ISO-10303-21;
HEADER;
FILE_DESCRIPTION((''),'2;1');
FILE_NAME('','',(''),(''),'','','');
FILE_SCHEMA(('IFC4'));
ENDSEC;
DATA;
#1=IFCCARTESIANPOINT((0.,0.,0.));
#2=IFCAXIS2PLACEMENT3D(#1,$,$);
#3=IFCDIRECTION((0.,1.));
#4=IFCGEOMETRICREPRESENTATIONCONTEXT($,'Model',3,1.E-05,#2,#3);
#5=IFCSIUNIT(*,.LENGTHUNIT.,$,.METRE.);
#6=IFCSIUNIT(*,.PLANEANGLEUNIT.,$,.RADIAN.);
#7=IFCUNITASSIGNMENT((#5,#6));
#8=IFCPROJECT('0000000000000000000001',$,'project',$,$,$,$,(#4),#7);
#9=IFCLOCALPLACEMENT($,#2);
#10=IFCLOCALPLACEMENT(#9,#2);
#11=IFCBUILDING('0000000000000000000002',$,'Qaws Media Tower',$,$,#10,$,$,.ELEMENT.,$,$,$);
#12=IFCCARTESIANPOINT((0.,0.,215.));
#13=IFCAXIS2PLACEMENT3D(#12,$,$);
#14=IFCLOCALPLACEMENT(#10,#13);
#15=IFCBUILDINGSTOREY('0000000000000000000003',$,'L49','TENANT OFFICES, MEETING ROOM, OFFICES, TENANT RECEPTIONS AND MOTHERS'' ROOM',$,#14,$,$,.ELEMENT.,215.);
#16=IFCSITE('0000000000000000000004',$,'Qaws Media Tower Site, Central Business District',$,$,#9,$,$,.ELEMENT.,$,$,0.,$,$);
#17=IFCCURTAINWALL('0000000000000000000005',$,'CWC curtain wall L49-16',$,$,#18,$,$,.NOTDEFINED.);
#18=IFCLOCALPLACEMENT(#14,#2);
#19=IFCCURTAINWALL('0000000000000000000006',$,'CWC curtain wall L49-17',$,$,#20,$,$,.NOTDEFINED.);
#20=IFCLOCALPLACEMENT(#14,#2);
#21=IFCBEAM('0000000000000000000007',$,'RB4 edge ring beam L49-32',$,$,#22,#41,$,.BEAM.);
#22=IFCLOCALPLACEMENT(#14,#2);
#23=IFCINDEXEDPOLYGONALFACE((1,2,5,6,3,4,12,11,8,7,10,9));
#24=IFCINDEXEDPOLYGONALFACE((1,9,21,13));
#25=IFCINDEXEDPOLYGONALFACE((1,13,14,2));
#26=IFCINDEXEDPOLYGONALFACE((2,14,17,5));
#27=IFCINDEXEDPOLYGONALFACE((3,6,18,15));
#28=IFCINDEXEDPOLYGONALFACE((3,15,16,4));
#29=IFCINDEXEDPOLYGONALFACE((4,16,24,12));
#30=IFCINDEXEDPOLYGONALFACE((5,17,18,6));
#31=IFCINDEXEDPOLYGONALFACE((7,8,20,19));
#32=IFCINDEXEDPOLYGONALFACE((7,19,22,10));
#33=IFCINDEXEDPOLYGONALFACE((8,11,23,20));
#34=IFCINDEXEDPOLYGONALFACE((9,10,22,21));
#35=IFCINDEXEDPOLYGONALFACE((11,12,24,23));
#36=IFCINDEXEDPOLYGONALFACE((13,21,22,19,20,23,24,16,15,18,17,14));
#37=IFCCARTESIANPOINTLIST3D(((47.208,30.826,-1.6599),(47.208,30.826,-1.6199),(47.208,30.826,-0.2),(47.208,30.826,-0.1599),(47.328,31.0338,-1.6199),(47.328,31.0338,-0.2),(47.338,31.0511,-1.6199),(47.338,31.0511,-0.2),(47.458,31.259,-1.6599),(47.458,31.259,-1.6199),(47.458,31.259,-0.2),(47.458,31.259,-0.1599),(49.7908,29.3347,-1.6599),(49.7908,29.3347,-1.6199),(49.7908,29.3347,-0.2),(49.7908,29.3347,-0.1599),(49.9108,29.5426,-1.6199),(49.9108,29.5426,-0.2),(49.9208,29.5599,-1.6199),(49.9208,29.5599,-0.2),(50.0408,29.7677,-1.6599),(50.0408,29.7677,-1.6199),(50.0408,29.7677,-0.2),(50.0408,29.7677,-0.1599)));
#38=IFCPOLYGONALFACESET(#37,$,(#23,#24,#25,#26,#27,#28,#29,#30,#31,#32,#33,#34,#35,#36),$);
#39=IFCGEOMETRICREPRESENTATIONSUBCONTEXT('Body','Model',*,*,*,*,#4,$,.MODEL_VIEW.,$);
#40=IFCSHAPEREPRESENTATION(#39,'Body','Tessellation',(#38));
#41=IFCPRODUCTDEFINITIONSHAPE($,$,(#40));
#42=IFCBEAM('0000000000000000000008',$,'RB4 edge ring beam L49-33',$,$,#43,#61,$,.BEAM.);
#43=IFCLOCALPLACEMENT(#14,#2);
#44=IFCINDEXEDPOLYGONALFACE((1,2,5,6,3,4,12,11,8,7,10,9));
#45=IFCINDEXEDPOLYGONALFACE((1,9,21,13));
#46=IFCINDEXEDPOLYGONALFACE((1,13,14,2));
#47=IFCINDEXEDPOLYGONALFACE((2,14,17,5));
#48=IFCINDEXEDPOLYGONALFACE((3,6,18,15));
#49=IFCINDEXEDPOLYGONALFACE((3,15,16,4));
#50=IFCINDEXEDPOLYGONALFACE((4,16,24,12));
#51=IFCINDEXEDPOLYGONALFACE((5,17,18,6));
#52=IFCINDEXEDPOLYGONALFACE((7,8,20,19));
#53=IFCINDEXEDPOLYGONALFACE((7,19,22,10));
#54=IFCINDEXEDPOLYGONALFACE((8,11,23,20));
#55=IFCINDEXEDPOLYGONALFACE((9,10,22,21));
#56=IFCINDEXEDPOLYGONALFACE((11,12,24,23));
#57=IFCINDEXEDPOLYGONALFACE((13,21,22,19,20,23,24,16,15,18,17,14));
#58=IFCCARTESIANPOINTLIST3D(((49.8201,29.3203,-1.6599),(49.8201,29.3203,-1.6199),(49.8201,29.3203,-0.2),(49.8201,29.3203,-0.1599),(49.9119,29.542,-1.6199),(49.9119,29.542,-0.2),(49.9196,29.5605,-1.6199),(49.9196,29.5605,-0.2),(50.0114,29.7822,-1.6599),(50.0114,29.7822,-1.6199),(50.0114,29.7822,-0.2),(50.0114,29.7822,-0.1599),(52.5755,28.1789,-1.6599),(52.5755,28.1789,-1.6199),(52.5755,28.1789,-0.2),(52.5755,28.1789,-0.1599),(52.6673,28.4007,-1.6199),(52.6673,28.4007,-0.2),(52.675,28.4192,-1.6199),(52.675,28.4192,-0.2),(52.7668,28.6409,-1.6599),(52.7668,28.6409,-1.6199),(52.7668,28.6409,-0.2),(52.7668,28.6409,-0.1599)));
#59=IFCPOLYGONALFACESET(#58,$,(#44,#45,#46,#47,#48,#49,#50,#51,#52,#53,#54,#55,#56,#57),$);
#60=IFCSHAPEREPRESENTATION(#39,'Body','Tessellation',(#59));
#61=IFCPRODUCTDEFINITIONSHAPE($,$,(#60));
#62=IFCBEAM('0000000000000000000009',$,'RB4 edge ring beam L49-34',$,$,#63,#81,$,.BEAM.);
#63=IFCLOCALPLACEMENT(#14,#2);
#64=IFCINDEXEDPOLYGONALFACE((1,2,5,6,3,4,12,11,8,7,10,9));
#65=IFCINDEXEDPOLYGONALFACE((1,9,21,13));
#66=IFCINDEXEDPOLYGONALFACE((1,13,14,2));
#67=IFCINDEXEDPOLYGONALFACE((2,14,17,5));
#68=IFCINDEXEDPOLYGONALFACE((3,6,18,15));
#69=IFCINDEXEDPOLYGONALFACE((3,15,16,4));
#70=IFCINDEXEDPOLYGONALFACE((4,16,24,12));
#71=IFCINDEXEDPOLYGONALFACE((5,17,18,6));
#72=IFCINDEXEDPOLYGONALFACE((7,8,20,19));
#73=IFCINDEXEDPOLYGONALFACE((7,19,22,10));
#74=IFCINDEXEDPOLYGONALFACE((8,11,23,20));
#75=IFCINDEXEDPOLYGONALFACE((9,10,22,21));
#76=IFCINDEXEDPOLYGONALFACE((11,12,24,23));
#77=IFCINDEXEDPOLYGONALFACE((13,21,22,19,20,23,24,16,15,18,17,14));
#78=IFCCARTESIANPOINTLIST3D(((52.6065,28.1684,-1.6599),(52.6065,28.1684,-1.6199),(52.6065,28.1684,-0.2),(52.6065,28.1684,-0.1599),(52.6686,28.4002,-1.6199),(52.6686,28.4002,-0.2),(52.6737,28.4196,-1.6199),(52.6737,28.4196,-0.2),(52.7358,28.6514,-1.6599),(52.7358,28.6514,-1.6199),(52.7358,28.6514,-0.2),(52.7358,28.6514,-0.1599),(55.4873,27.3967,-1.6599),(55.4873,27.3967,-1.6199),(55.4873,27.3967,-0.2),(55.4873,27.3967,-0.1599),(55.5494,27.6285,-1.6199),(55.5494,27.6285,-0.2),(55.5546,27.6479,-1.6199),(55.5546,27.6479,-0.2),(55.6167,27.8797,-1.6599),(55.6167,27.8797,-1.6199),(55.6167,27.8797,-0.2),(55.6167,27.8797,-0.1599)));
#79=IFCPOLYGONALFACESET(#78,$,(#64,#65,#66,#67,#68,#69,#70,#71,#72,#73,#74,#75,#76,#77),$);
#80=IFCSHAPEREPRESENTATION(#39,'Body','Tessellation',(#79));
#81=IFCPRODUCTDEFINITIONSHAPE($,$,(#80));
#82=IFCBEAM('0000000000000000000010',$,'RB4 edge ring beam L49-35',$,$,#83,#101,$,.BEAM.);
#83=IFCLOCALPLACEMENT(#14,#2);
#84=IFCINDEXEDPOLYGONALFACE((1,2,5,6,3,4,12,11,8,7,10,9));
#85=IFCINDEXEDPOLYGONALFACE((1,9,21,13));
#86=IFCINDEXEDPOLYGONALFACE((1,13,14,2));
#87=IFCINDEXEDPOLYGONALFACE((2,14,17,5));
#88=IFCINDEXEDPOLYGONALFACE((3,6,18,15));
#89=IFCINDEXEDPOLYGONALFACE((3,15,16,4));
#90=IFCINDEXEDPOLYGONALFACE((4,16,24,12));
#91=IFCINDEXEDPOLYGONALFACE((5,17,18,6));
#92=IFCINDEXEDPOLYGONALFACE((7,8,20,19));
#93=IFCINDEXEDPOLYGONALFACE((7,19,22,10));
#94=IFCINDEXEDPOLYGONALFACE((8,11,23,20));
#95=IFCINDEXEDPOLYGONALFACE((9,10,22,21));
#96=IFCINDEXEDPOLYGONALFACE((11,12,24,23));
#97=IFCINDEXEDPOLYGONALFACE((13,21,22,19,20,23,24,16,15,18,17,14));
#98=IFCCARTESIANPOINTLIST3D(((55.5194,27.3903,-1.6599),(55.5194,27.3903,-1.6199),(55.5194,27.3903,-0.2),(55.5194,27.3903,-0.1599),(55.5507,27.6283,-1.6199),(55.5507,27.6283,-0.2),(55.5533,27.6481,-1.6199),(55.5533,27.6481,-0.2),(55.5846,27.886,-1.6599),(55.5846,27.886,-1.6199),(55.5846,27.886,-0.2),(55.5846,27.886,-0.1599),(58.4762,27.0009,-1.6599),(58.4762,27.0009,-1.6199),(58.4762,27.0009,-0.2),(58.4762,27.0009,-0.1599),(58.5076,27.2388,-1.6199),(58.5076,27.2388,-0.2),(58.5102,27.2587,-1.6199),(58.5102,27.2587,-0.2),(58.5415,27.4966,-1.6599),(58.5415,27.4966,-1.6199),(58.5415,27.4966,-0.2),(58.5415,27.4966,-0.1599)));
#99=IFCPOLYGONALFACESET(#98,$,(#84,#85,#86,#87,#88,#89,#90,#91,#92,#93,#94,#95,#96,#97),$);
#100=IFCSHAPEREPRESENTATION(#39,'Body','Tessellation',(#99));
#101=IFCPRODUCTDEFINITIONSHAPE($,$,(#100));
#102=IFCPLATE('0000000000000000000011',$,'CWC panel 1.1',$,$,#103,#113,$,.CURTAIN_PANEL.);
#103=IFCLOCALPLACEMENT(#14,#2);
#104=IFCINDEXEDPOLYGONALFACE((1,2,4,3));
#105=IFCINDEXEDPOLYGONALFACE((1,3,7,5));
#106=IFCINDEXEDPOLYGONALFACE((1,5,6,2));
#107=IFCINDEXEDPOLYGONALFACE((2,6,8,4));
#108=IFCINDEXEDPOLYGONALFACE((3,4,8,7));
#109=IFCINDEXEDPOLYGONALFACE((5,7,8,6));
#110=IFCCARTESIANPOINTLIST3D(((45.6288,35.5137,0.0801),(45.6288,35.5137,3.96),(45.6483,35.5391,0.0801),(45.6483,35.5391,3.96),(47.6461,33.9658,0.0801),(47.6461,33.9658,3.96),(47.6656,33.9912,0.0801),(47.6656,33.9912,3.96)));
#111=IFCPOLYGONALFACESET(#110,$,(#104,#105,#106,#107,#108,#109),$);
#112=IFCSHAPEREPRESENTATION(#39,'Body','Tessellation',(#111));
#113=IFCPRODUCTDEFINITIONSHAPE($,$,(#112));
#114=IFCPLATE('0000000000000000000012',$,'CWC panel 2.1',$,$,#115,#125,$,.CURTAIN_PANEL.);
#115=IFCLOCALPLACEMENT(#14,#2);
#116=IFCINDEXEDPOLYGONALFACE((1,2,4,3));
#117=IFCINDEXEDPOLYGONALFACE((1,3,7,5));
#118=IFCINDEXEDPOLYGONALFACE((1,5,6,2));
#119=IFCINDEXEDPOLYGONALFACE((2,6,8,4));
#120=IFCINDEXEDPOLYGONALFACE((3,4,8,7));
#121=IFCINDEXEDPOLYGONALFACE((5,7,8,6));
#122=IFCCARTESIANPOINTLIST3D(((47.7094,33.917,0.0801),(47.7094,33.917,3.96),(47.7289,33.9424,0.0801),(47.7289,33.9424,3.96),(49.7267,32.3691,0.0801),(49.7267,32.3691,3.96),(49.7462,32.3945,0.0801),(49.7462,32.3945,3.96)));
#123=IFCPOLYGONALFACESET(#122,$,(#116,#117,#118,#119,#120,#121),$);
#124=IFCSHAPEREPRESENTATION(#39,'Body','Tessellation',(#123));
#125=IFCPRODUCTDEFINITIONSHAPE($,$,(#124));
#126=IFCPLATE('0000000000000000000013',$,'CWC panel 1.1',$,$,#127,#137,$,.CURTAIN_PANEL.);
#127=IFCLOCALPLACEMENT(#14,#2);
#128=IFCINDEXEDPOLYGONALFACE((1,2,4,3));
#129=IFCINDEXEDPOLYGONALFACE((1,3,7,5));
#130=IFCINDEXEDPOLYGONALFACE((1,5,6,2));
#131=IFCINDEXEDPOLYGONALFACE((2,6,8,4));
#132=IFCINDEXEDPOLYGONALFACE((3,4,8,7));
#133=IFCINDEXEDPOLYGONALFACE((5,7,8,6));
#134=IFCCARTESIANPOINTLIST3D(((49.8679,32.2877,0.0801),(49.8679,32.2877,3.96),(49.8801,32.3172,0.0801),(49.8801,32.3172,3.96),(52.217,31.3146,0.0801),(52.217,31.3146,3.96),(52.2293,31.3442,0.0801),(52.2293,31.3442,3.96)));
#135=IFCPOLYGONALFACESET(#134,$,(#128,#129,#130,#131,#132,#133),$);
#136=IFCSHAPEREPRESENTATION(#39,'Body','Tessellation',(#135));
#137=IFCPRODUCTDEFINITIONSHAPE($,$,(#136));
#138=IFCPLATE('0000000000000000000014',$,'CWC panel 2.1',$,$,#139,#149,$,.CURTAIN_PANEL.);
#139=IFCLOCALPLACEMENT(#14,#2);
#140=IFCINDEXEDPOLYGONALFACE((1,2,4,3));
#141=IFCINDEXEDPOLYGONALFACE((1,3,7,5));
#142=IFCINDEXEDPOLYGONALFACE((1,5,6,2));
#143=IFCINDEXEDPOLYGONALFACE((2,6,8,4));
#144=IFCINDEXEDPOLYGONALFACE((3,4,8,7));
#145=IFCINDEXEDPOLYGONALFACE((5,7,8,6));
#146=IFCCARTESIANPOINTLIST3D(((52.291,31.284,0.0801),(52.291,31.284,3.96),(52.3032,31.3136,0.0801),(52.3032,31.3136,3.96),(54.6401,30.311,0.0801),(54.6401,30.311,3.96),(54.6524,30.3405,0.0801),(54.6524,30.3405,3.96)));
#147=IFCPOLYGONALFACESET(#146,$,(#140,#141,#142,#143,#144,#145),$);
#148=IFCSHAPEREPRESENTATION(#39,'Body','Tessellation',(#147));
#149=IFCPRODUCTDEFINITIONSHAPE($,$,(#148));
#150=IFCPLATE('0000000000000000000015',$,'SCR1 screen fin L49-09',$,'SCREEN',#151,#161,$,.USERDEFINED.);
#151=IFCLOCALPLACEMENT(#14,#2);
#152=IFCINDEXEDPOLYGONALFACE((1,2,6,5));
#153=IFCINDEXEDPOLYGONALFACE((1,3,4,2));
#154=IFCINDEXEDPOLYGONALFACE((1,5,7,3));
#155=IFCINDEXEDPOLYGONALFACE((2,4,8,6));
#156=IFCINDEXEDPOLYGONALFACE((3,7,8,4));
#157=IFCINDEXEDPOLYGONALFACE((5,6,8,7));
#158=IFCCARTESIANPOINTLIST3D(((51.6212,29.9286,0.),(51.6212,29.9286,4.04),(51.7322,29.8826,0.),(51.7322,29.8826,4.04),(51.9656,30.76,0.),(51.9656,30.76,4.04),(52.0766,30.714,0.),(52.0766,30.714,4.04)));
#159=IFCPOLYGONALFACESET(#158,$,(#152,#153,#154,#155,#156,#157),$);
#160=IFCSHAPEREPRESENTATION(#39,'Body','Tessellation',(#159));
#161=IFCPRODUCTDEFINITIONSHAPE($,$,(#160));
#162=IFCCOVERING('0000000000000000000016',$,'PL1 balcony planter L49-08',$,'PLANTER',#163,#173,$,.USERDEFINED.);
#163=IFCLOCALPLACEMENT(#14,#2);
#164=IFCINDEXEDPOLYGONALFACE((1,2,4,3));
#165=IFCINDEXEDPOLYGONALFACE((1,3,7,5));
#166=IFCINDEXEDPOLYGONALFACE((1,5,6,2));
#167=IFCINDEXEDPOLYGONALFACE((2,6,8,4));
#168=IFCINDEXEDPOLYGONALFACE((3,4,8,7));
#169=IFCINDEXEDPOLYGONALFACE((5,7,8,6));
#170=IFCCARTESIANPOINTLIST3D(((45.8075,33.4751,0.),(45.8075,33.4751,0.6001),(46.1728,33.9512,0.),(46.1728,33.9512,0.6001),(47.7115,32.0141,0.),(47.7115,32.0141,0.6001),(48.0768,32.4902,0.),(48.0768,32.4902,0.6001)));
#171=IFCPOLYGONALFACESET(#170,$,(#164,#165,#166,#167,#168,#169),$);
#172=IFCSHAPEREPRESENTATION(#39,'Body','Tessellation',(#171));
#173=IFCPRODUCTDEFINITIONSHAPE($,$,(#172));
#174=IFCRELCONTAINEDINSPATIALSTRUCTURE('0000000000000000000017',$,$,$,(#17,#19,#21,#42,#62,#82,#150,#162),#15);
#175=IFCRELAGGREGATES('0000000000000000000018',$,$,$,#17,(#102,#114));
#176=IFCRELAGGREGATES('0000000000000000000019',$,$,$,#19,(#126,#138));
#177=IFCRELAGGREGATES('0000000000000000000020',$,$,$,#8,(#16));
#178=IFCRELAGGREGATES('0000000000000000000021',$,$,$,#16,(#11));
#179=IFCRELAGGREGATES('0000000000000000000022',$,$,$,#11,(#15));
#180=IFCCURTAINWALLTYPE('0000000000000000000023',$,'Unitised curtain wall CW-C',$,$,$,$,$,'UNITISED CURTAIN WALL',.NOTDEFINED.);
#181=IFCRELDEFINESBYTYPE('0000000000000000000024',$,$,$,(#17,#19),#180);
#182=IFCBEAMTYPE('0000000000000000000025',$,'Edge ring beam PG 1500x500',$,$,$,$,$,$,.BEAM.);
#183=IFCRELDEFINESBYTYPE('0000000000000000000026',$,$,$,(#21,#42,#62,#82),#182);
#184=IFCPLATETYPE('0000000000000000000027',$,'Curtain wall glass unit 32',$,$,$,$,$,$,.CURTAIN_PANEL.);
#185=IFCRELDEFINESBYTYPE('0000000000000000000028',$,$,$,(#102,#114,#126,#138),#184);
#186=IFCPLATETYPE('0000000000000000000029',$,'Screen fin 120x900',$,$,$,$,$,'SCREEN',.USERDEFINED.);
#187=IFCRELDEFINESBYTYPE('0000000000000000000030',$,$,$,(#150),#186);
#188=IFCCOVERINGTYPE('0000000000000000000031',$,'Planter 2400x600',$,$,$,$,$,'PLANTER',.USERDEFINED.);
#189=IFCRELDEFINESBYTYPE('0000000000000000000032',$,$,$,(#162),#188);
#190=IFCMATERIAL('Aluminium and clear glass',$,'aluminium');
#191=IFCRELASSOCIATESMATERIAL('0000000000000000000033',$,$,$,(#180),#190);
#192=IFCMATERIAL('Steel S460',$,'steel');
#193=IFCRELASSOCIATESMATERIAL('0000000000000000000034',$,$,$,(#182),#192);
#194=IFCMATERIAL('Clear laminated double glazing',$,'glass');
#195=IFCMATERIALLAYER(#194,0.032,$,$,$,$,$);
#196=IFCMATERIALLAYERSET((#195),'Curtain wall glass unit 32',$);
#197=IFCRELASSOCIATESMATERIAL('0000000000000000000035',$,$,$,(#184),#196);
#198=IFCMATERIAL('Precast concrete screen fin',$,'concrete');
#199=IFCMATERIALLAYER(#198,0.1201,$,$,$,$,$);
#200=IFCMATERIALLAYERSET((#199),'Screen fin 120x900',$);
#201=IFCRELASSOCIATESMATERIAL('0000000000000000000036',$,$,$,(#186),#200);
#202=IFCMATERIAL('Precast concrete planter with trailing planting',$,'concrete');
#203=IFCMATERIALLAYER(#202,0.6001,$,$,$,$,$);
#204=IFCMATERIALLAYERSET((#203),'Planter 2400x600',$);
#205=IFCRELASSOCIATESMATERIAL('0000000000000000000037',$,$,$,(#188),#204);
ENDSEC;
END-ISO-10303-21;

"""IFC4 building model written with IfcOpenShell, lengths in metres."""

from ifc_helpers import new_model, si_unit, direction, frame, origin, origin_2d, place, context, subcontext, project, spatial, rectangle, i_section, extrude, material, layer, layer_set, material_profile, profile_set, type_object, element, aggregate, save


model = new_model("IFC4")

# Units and contexts
model_context = context("Model", 3, precision=1e-05, world=origin(), true_north=direction((0.0, 1.0)))
body_context = subcontext(model_context, "Body", "Model", "MODEL_VIEW")
ifc_project = project(units=[si_unit("LENGTHUNIT", "METRE"), si_unit("PLANEANGLEUNIT", "RADIAN")], contexts=[model_context])

# Site, building, storey
site_placement = place(None, origin())
site = spatial("IfcSite", under=ifc_project, at=site_placement, Name="Qaws Media Tower Site, Central Business District", CompositionType="ELEMENT", RefElevation=0.0)
building_placement = place(site_placement, origin())
building = spatial("IfcBuilding", under=site, at=building_placement, Name="Qaws Media Tower", CompositionType="ELEMENT")
storey_placement = place(building_placement, frame((0.0, 0.0, 215.0)))
storey = spatial("IfcBuildingStorey", under=building, at=storey_placement, Name="L49", Description="TENANT OFFICES, MEETING ROOM, OFFICES, TENANT RECEPTIONS AND MOTHERS' ROOM", CompositionType="ELEMENT", Elevation=215.0)

# Curtain walls
ifc_material_1 = material(Name="Aluminium and clear glass", Category="aluminium")
curtain_wall_type = type_object("IfcCurtainWallType", Name="Unitised curtain wall CW-C", ElementType="UNITISED CURTAIN WALL", PredefinedType="NOTDEFINED", material=ifc_material_1)
curtain_wall_1_placement = place(storey_placement, origin())
curtain_wall_1 = element("IfcCurtainWall", 1, at=curtain_wall_1_placement, inside=storey, type_object=curtain_wall_type, Name="CWC curtain wall L49-16", PredefinedType="NOTDEFINED")
curtain_wall_2_placement = place(storey_placement, origin())
curtain_wall_2 = element("IfcCurtainWall", 2, at=curtain_wall_2_placement, inside=storey, type_object=curtain_wall_type, Name="CWC curtain wall L49-17", PredefinedType="NOTDEFINED")

# Beams
ifc_material_2 = material(Name="Steel S460", Category="steel")
ifc_material_profile_1 = material_profile(ifc_material_2, i_section(OverallWidth=0.5, OverallDepth=1.5, WebThickness=0.02, FlangeThickness=0.04, at=origin_2d()), Name="PG 1500x500")
ifc_profile_set_1 = profile_set([ifc_material_profile_1], Name="Steel S460")
beam_type = type_object("IfcBeamType", Name="Edge ring beam PG 1500x500", PredefinedType="BEAM", material=ifc_profile_set_1)
for number, where, z_axis, x_axis, name in (
    (3, (47.333, 31.0425, -0.9099), (0.866018, -0.500013, 0.0), (0.500013, 0.866018, 0.0), "RB4 edge ring beam L49-32"),
    (4, (49.9158, 29.5513, -0.9099), (0.923874, -0.382696, 0.0), (0.382696, 0.923874, 0.0), "RB4 edge ring beam L49-33"),
    (5, (52.6711, 28.4099, -0.9099), (0.965942, -0.258758, 0.0), (0.258758, 0.965942, 0.0), "RB4 edge ring beam L49-34"),
    (6, (55.552, 27.6382, -0.9099), (0.991439, -0.130571, 0.0), (0.130571, 0.991439, 0.0), "RB4 edge ring beam L49-35"),
):
    element("IfcBeam", number, at=place(storey_placement, frame(where, z_axis=z_axis, x_axis=x_axis)), inside=storey, type_object=beam_type, Name=name, PredefinedType="BEAM", context=body_context, shape_type="SweptSolid", body=[
        extrude(i_section(OverallWidth=0.5, OverallDepth=1.5, WebThickness=0.02, FlangeThickness=0.04, at=origin_2d()), origin(), (0.0, 0.0, 1.0), 2.9824),
    ])

# Plates
ifc_material_3 = material(Name="Clear laminated double glazing", Category="glass")
ifc_layer_1 = layer(ifc_material_3, 0.032)
ifc_layer_set_1 = layer_set([ifc_layer_1], Name="Curtain wall glass unit 32")
plate_type_1 = type_object("IfcPlateType", Name="Curtain wall glass unit 32", PredefinedType="CURTAIN_PANEL", material=ifc_layer_set_1)
plate_1_placement = place(storey_placement, frame((46.6472, 34.7524, 0.0801), z_axis=(0.0, 0.0, 1.0), x_axis=(0.793353, -0.608761, 0.0)))
plate_1 = element("IfcPlate", 7, at=plate_1_placement, type_object=plate_type_1, Name="CWC panel 1.1", PredefinedType="CURTAIN_PANEL", context=body_context, shape_type="SweptSolid", body=[
    extrude(rectangle(XDim=2.5427, YDim=0.032, at=origin_2d()), origin(), (0.0, 0.0, 1.0), 3.8799),
])
plate_2_placement = place(storey_placement, frame((48.7278, 33.1558, 0.0801), z_axis=(0.0, 0.0, 1.0), x_axis=(0.793353, -0.608761, 0.0)))
plate_2 = element("IfcPlate", 8, at=plate_2_placement, type_object=plate_type_1, Name="CWC panel 2.1", PredefinedType="CURTAIN_PANEL", context=body_context, shape_type="SweptSolid", body=[
    extrude(rectangle(XDim=2.5427, YDim=0.032, at=origin_2d()), origin(), (0.0, 0.0, 1.0), 3.8799),
])
aggregate(curtain_wall_1, [plate_1, plate_2])
plate_3_placement = place(storey_placement, frame((51.0486, 31.8159, 0.0801), z_axis=(0.0, 0.0, 1.0), x_axis=(0.923879, -0.382684, 0.0)))
plate_3 = element("IfcPlate", 9, at=plate_3_placement, type_object=plate_type_1, Name="CWC panel 1.1", PredefinedType="CURTAIN_PANEL", context=body_context, shape_type="SweptSolid", body=[
    extrude(rectangle(XDim=2.5427, YDim=0.032, at=origin_2d()), origin(), (0.0, 0.0, 1.0), 3.8799),
])
plate_4_placement = place(storey_placement, frame((53.4717, 30.8123, 0.0801), z_axis=(0.0, 0.0, 1.0), x_axis=(0.923879, -0.382684, 0.0)))
plate_4 = element("IfcPlate", 10, at=plate_4_placement, type_object=plate_type_1, Name="CWC panel 2.1", PredefinedType="CURTAIN_PANEL", context=body_context, shape_type="SweptSolid", body=[
    extrude(rectangle(XDim=2.5427, YDim=0.032, at=origin_2d()), origin(), (0.0, 0.0, 1.0), 3.8799),
])
aggregate(curtain_wall_2, [plate_3, plate_4])
ifc_material_4 = material(Name="Precast concrete screen fin", Category="concrete")
ifc_layer_2 = layer(ifc_material_4, 0.1201)
ifc_layer_set_2 = layer_set([ifc_layer_2], Name="Screen fin 120x900")
plate_type_2 = type_object("IfcPlateType", Name="Screen fin 120x900", ElementType="SCREEN", PredefinedType="USERDEFINED", material=ifc_layer_set_2)
plate_5_placement = place(storey_placement, frame((51.8489, 30.3213, 0.0), z_axis=(0.0, 0.0, 1.0), x_axis=(-0.382683, -0.92388, 0.0)))
element("IfcPlate", 11, at=plate_5_placement, inside=storey, type_object=plate_type_2, Name="SCR1 screen fin L49-09", ObjectType="SCREEN", PredefinedType="USERDEFINED", context=body_context, shape_type="SweptSolid", body=[
    extrude(rectangle(XDim=0.8999, YDim=0.1201, at=origin_2d()), origin(), (0.0, 0.0, 1.0), 4.04),
])

# Covering
ifc_material_5 = material(Name="Precast concrete planter with trailing planting", Category="concrete")
ifc_layer_3 = layer(ifc_material_5, 0.6001)
ifc_layer_set_3 = layer_set([ifc_layer_3], Name="Planter 2400x600")
covering_type = type_object("IfcCoveringType", Name="Planter 2400x600", ElementType="PLANTER", PredefinedType="USERDEFINED", material=ifc_layer_set_3)
covering_placement = place(storey_placement, frame((46.9421, 32.9827, 0.0), z_axis=(0.0, 0.0, 1.0), x_axis=(0.793353, -0.608761, 0.0)))
element("IfcCovering", 12, at=covering_placement, inside=storey, type_object=covering_type, Name="PL1 balcony planter L49-08", ObjectType="PLANTER", PredefinedType="USERDEFINED", context=body_context, shape_type="SweptSolid", body=[
    extrude(rectangle(XDim=2.3999, YDim=0.6001, at=origin_2d()), origin(), (0.0, 0.0, 1.0), 0.6001),
])

save(model, "model.ifc")
